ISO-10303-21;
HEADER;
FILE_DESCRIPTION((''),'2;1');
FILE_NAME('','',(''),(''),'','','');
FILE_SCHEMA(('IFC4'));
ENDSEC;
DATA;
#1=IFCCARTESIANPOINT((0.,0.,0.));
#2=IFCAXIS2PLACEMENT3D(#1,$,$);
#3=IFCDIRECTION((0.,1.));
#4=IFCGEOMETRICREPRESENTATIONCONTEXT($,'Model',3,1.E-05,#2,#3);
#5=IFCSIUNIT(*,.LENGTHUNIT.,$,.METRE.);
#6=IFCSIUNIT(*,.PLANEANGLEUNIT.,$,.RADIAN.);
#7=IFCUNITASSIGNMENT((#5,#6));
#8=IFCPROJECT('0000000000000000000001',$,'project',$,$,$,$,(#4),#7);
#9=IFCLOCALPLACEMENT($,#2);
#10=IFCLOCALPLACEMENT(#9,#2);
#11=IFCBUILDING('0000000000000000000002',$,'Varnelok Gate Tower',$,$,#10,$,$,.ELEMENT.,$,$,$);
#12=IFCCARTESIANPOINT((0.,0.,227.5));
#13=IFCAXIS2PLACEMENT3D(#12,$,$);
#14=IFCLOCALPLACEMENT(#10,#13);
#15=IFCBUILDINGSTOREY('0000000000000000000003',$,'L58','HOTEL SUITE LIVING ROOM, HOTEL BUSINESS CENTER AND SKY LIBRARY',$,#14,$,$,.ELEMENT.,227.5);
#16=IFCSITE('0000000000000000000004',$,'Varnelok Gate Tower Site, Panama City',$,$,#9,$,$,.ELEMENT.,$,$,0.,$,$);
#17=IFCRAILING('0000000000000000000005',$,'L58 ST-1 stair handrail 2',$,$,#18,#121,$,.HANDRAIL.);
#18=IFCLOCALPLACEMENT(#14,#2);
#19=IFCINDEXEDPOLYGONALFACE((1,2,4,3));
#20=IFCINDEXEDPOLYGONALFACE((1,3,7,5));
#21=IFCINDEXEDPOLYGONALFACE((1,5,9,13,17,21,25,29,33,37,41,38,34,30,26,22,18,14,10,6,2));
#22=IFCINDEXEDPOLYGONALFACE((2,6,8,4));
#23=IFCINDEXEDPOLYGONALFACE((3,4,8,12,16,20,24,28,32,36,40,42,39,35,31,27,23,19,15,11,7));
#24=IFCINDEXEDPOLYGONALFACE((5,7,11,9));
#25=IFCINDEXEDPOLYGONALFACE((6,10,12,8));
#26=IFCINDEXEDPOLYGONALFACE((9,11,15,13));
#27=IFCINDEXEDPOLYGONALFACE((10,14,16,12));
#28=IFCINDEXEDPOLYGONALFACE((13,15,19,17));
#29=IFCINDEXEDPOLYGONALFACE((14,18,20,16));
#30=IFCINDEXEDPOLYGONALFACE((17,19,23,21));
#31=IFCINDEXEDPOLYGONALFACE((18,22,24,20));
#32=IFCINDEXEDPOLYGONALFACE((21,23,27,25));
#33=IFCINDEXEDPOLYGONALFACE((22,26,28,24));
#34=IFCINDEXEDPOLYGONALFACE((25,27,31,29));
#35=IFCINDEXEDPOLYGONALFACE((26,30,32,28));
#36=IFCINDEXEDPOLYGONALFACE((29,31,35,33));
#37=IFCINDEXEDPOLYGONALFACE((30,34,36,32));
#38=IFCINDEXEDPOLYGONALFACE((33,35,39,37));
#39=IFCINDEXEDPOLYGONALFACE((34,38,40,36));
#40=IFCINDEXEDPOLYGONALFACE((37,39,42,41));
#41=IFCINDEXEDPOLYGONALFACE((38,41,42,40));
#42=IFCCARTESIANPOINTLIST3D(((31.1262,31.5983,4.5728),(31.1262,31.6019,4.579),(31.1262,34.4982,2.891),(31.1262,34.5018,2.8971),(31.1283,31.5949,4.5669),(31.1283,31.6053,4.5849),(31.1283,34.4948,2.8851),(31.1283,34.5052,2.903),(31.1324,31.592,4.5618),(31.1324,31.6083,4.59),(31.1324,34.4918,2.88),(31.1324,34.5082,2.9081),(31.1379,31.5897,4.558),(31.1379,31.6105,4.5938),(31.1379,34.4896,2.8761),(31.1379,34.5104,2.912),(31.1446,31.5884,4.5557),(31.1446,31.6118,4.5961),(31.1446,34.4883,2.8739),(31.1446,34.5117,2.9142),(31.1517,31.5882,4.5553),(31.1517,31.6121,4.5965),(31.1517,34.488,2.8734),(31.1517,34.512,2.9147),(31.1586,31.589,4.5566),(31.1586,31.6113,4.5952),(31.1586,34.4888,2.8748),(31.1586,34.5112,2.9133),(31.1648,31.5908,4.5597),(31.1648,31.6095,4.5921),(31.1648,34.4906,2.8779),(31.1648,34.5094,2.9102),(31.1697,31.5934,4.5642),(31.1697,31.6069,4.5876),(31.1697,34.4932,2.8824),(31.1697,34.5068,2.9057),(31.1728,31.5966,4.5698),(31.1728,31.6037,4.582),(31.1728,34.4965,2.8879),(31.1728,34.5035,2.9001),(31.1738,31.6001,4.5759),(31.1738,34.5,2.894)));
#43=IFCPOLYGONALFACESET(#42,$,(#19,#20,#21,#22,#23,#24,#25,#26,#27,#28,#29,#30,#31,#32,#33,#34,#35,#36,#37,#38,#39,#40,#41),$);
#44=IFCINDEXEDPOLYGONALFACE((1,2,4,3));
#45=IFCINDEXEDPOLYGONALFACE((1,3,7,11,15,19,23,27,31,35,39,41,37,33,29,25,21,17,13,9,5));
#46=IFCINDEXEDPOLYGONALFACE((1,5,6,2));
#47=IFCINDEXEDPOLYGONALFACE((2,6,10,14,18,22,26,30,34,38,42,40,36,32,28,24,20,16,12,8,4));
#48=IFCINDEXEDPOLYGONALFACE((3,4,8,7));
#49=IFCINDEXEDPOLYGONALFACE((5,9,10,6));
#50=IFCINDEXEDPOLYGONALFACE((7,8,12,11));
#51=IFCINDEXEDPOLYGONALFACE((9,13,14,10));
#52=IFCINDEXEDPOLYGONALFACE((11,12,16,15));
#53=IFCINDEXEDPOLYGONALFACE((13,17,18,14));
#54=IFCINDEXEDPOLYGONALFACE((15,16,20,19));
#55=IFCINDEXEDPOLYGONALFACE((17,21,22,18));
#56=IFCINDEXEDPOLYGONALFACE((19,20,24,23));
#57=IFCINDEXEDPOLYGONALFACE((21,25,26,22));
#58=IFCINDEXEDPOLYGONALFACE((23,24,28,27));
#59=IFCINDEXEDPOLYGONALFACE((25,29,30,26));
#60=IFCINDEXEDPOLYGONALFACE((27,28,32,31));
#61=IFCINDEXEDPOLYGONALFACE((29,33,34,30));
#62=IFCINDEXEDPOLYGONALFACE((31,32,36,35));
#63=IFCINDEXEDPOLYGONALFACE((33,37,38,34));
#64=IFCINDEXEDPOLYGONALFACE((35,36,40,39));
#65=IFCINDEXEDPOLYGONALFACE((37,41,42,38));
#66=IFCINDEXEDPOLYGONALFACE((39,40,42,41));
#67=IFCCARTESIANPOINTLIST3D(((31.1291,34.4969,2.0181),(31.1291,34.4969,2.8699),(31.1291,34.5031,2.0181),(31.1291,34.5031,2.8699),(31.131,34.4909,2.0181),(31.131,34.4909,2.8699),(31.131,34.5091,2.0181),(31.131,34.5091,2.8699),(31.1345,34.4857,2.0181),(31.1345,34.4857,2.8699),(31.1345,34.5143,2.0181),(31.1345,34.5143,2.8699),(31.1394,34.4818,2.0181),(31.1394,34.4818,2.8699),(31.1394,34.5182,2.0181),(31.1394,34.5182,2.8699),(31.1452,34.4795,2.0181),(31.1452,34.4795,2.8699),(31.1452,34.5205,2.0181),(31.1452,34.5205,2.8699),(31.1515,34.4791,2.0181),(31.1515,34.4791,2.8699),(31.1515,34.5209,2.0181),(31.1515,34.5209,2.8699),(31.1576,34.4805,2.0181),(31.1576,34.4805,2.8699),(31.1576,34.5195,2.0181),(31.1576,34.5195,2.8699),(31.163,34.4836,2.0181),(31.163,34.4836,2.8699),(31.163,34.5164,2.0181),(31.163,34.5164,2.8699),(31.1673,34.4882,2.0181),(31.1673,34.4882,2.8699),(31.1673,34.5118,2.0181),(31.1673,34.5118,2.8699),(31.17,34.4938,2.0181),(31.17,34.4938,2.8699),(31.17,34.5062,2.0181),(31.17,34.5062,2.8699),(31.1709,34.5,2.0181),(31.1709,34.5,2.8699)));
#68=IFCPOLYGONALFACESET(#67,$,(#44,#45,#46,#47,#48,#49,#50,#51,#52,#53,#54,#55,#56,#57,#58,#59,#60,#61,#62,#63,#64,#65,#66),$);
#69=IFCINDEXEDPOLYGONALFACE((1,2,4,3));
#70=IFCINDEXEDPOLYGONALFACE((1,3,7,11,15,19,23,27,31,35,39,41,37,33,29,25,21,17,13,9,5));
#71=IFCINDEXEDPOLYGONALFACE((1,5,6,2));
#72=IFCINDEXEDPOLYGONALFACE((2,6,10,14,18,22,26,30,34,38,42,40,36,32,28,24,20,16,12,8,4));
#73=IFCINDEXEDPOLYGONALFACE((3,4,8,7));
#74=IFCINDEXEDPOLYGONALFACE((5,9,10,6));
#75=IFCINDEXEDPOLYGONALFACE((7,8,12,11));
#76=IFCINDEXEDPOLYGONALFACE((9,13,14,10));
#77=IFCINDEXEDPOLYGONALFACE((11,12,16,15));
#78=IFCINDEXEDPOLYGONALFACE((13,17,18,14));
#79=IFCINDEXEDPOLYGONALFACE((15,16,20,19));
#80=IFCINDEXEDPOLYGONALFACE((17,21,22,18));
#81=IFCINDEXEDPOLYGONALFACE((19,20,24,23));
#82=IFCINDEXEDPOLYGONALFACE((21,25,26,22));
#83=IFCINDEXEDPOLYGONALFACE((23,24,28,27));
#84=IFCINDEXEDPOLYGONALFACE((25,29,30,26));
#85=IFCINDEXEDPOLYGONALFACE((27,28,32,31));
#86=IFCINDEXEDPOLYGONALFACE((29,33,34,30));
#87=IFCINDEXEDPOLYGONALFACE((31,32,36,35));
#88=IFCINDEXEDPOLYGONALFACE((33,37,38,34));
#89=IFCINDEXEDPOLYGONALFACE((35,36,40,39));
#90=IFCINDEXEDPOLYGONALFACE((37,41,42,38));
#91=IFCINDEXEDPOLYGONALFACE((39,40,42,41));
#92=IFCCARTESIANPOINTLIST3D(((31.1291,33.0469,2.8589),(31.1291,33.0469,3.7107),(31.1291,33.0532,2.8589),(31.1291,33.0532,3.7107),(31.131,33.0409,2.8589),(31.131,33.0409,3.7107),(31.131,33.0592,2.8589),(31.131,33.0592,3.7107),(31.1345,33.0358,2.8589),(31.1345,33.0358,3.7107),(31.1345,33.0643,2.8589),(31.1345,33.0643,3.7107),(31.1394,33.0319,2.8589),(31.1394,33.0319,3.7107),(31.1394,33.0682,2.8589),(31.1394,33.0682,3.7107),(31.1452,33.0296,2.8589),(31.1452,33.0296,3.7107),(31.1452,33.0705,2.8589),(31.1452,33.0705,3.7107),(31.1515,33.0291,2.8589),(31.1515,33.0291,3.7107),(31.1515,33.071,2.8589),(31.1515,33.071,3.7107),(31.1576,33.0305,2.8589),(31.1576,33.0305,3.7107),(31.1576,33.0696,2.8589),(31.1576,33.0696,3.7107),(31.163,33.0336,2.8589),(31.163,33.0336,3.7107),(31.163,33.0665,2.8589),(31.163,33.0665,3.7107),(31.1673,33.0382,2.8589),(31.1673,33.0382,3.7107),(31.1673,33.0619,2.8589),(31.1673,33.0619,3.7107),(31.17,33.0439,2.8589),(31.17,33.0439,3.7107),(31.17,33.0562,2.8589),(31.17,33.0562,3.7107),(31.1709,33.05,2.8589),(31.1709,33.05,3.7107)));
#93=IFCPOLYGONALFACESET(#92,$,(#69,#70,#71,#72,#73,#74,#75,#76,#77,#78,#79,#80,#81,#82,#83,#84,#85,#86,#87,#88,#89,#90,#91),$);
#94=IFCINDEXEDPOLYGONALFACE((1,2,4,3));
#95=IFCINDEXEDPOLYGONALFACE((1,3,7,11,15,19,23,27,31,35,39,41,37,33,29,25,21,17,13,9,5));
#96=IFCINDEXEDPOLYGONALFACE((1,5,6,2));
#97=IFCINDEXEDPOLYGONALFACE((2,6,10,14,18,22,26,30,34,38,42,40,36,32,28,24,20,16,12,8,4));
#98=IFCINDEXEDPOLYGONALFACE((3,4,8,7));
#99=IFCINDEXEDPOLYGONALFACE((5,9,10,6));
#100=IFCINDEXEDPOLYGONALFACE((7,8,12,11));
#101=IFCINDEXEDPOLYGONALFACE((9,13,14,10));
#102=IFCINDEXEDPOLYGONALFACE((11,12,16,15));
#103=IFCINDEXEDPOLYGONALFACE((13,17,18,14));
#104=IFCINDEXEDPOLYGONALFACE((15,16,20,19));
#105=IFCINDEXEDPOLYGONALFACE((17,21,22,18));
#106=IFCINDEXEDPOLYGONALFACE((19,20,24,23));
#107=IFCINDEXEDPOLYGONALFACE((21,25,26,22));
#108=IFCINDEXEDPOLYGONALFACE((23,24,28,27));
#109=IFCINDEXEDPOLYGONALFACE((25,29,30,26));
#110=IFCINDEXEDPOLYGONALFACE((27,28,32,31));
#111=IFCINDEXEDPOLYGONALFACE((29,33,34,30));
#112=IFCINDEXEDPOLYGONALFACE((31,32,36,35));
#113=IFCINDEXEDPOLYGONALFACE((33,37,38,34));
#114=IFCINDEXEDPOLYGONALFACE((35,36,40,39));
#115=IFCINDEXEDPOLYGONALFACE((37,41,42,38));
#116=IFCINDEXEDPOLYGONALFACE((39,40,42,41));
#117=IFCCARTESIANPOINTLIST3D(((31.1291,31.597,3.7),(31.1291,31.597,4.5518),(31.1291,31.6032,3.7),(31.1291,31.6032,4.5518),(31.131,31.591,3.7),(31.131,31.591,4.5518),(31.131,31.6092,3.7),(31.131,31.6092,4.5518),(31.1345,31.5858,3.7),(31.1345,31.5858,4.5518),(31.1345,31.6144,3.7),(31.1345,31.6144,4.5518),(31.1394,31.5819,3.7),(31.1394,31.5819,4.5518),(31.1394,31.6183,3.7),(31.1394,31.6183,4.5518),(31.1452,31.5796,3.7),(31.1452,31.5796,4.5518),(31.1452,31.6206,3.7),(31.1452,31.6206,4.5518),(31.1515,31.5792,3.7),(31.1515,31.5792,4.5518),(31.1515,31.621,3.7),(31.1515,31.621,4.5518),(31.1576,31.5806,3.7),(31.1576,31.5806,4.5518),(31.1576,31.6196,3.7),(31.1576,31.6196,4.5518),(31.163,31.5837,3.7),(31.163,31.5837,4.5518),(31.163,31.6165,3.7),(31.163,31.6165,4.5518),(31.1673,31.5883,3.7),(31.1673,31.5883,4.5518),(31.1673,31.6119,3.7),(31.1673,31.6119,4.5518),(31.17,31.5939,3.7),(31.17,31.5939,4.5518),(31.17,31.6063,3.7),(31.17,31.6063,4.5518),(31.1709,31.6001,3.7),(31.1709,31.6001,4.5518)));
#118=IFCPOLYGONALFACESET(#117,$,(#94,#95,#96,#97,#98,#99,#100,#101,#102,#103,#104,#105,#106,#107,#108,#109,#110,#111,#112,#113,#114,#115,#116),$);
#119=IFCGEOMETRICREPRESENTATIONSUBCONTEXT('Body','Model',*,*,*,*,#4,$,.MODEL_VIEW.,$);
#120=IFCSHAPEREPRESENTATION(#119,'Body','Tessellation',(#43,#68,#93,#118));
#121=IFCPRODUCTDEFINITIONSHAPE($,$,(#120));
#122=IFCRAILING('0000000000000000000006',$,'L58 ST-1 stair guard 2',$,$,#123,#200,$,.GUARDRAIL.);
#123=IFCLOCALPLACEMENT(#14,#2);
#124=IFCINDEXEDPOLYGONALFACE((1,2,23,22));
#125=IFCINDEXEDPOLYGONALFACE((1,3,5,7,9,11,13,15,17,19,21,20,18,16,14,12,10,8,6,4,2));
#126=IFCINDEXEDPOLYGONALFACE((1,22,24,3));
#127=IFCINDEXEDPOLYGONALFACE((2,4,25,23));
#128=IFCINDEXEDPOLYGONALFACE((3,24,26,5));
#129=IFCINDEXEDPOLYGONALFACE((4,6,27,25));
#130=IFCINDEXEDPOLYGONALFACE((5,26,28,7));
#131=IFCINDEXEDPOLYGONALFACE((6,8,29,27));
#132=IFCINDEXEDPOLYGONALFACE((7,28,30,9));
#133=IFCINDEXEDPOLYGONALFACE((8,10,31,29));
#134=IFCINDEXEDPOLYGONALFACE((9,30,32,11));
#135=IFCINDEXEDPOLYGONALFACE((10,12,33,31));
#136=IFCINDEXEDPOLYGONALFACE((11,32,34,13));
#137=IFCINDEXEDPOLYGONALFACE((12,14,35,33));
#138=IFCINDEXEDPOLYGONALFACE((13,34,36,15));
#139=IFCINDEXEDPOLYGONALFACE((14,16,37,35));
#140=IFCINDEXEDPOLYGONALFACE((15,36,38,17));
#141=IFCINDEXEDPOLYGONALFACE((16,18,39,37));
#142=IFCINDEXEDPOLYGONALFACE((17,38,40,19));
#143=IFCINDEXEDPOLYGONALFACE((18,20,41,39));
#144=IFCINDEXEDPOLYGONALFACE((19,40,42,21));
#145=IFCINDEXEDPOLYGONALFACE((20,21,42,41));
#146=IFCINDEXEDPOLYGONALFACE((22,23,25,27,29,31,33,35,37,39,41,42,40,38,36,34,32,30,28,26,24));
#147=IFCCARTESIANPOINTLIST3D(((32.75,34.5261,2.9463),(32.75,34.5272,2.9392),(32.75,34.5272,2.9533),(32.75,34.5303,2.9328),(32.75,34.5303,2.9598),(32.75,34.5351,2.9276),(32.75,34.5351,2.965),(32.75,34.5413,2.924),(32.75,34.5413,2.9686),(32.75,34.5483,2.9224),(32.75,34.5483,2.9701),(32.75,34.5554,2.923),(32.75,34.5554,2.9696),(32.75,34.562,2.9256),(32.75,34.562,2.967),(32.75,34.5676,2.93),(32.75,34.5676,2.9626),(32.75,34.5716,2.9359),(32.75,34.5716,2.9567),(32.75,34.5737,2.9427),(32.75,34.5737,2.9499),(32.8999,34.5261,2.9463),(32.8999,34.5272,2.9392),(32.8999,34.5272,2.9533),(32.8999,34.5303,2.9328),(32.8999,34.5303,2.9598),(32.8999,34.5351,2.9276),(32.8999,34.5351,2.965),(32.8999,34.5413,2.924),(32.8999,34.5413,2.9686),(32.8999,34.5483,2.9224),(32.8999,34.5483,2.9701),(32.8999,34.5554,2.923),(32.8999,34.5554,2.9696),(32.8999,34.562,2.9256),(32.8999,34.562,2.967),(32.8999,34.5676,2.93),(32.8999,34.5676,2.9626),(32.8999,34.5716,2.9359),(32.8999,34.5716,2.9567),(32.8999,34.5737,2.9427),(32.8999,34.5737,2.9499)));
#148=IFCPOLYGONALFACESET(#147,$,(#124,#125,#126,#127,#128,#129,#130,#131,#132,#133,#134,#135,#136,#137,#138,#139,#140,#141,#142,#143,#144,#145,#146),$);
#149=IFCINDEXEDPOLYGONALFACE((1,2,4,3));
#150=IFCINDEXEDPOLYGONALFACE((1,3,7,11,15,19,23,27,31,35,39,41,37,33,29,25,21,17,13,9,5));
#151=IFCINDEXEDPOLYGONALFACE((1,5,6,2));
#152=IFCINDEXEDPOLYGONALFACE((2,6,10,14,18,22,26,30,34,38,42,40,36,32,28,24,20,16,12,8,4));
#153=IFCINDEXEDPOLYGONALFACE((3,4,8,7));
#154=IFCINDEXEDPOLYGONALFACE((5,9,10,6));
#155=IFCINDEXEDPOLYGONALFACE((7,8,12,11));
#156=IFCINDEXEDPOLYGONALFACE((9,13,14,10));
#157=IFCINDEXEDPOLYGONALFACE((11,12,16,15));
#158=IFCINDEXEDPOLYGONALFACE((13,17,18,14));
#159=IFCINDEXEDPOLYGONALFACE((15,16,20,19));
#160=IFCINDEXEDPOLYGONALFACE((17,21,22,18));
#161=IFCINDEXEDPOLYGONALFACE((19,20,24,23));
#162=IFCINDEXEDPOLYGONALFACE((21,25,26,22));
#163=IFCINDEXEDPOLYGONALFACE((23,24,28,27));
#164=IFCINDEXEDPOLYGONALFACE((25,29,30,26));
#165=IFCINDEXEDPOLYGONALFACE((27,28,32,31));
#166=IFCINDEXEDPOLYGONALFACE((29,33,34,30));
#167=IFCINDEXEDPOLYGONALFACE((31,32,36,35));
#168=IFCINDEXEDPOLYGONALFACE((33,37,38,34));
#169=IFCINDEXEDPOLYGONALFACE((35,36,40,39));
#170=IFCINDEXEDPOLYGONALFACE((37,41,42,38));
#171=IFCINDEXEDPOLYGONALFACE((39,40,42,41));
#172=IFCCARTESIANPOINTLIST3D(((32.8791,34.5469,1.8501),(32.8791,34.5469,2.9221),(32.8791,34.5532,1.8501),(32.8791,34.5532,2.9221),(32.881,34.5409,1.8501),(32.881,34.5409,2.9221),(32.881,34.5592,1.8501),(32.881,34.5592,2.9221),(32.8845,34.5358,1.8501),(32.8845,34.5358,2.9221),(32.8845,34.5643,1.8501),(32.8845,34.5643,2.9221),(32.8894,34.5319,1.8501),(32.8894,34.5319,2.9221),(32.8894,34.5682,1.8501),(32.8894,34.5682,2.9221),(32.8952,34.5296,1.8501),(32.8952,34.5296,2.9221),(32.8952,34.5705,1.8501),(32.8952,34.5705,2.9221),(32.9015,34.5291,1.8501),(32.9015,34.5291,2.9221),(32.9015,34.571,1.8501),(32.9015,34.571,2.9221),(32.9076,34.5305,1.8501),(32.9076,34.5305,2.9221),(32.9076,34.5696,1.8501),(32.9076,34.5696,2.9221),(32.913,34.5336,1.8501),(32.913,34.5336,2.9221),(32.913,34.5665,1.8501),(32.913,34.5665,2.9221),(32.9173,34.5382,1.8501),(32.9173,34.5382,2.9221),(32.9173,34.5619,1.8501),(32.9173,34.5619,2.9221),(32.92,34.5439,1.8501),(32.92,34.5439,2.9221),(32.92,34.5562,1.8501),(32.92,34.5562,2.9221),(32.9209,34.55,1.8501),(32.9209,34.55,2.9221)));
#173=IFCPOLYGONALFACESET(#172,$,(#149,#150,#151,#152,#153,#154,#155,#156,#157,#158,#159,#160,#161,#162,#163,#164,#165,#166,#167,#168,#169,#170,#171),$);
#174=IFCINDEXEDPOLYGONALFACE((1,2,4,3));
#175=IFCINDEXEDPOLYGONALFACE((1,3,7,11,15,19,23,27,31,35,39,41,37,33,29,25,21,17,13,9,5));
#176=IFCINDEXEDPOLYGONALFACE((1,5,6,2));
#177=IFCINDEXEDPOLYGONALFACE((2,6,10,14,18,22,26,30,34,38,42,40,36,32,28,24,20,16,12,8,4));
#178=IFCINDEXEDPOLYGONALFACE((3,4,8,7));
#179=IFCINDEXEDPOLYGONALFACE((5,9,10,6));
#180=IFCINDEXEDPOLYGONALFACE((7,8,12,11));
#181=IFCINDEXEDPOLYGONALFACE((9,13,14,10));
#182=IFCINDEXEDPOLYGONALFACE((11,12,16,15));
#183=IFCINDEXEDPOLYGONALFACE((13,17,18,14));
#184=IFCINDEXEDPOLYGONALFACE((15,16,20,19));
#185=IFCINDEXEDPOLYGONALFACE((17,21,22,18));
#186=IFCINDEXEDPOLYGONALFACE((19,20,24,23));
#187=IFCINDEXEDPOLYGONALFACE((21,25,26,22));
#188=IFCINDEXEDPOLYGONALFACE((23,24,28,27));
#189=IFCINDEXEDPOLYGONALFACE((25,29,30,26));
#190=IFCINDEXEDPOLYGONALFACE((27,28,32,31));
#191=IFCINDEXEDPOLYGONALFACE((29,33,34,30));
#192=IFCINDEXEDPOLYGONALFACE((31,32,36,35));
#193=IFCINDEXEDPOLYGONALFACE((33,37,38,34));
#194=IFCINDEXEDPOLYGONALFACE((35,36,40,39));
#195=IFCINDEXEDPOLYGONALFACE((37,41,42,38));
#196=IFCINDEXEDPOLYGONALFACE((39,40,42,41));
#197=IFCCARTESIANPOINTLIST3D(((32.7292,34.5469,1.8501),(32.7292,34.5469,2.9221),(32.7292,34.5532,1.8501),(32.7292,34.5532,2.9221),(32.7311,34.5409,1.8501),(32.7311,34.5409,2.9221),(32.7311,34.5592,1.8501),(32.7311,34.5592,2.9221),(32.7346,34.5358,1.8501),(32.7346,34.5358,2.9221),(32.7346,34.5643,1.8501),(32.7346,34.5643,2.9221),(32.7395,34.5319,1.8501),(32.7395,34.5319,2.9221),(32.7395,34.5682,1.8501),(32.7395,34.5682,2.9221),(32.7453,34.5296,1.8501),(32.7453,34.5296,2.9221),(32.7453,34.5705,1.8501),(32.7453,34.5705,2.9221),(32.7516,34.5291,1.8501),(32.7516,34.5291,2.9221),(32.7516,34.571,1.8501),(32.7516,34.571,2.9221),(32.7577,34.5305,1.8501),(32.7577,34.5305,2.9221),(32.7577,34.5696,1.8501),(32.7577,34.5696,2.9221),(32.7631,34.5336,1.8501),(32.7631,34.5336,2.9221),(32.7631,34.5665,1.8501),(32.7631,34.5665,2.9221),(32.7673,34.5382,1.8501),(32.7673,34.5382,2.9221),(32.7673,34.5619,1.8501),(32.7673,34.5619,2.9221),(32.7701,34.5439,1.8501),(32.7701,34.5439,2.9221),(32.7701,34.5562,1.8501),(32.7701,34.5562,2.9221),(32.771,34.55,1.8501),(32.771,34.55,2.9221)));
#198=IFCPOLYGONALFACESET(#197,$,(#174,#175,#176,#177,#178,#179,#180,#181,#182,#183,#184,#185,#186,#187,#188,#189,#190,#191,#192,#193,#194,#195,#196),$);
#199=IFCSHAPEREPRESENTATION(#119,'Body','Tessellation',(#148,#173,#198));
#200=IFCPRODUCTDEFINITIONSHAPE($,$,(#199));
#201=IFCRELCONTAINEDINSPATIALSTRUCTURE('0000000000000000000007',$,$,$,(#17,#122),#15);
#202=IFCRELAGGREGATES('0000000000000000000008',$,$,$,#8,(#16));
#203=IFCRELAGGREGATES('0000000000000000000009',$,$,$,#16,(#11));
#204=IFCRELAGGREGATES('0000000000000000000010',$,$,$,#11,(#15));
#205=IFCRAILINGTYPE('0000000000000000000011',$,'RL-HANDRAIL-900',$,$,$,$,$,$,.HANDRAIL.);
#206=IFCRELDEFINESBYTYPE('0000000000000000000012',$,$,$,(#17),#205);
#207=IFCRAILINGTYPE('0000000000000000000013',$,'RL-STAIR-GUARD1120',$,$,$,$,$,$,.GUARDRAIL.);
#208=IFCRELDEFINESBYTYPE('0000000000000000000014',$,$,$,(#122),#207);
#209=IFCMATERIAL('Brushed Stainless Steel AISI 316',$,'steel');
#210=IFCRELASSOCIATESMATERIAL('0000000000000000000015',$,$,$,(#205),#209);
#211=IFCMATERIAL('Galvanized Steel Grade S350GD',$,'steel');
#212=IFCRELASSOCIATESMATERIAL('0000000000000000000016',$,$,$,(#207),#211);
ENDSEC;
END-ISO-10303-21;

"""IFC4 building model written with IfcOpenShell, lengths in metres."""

from ifc_helpers import new_model, si_unit, direction, frame, origin, origin_2d, place, context, subcontext, project, spatial, circle, extrude, material, type_object, element, save


model = new_model("IFC4")

# Units and contexts
model_context = context("Model", 3, precision=1e-05, world=origin(), true_north=direction((0.0, 1.0)))
body_context = subcontext(model_context, "Body", "Model", "MODEL_VIEW")
ifc_project = project(units=[si_unit("LENGTHUNIT", "METRE"), si_unit("PLANEANGLEUNIT", "RADIAN")], contexts=[model_context])

# Site, building, storey
site_placement = place(None, origin())
site = spatial("IfcSite", under=ifc_project, at=site_placement, Name="Varnelok Gate Tower Site, Panama City", CompositionType="ELEMENT", RefElevation=0.0)
building_placement = place(site_placement, origin())
building = spatial("IfcBuilding", under=site, at=building_placement, Name="Varnelok Gate Tower", CompositionType="ELEMENT")
storey_placement = place(building_placement, frame((0.0, 0.0, 227.5)))
storey = spatial("IfcBuildingStorey", under=building, at=storey_placement, Name="L58", Description="HOTEL SUITE LIVING ROOM, HOTEL BUSINESS CENTER AND SKY LIBRARY", CompositionType="ELEMENT", Elevation=227.5)

# Shared definitions
ifc_material_1 = material(Name="Galvanized Steel Grade S350GD", Category="steel")

# Railings
ifc_material_2 = material(Name="Brushed Stainless Steel AISI 316", Category="steel")
railing_type_1 = type_object("IfcRailingType", Name="RL-HANDRAIL-900", PredefinedType="HANDRAIL", material=ifc_material_2)
railing_1_placement = place(storey_placement, frame((31.1499, 34.5, 2.0181)))
element("IfcRailing", 1, at=railing_1_placement, inside=storey, type_object=railing_type_1, Name="L58 ST-1 stair handrail 2", PredefinedType="HANDRAIL", context=body_context, shape_type="SweptSolid", body=[
    extrude(circle(Radius=0.0239, at=origin_2d()), frame((0.0, 0.0, 0.876), z_axis=(0.0, -0.865039, 0.501705), x_axis=(1.0, 0.0, 0.0)), (0.0, 0.0, 1.0), 3.3523),
    extrude(circle(Radius=0.021, at=origin_2d()), origin(), (0.0, 0.0, 1.0), 0.8518),
    extrude(circle(Radius=0.021, at=origin_2d()), frame((0.0, -1.45, 0.8408)), (0.0, 0.0, 1.0), 0.8518),
    extrude(circle(Radius=0.021, at=origin_2d()), frame((0.0, -2.8999, 1.6819)), (0.0, 0.0, 1.0), 0.8518),
])
railing_type_2 = type_object("IfcRailingType", Name="RL-STAIR-GUARD1120", PredefinedType="GUARDRAIL", material=ifc_material_1)
railing_2_placement = place(storey_placement, frame((32.8999, 34.55, 1.8501)))
element("IfcRailing", 2, at=railing_2_placement, inside=storey, type_object=railing_type_2, Name="L58 ST-1 stair guard 2", PredefinedType="GUARDRAIL", context=body_context, shape_type="SweptSolid", body=[
    extrude(circle(Radius=0.0239, at=origin_2d()), frame((0.0, 0.0, 1.0962), z_axis=(-1.0, 0.0, 0.0), x_axis=(0.0, -1.0, 0.0)), (0.0, 0.0, 1.0), 0.1499),
    extrude(circle(Radius=0.021, at=origin_2d()), origin(), (0.0, 0.0, 1.0), 1.072),
    extrude(circle(Radius=0.021, at=origin_2d()), frame((-0.1499, 0.0, 0.0)), (0.0, 0.0, 1.0), 1.072),
])

save(model, "model.ifc")
